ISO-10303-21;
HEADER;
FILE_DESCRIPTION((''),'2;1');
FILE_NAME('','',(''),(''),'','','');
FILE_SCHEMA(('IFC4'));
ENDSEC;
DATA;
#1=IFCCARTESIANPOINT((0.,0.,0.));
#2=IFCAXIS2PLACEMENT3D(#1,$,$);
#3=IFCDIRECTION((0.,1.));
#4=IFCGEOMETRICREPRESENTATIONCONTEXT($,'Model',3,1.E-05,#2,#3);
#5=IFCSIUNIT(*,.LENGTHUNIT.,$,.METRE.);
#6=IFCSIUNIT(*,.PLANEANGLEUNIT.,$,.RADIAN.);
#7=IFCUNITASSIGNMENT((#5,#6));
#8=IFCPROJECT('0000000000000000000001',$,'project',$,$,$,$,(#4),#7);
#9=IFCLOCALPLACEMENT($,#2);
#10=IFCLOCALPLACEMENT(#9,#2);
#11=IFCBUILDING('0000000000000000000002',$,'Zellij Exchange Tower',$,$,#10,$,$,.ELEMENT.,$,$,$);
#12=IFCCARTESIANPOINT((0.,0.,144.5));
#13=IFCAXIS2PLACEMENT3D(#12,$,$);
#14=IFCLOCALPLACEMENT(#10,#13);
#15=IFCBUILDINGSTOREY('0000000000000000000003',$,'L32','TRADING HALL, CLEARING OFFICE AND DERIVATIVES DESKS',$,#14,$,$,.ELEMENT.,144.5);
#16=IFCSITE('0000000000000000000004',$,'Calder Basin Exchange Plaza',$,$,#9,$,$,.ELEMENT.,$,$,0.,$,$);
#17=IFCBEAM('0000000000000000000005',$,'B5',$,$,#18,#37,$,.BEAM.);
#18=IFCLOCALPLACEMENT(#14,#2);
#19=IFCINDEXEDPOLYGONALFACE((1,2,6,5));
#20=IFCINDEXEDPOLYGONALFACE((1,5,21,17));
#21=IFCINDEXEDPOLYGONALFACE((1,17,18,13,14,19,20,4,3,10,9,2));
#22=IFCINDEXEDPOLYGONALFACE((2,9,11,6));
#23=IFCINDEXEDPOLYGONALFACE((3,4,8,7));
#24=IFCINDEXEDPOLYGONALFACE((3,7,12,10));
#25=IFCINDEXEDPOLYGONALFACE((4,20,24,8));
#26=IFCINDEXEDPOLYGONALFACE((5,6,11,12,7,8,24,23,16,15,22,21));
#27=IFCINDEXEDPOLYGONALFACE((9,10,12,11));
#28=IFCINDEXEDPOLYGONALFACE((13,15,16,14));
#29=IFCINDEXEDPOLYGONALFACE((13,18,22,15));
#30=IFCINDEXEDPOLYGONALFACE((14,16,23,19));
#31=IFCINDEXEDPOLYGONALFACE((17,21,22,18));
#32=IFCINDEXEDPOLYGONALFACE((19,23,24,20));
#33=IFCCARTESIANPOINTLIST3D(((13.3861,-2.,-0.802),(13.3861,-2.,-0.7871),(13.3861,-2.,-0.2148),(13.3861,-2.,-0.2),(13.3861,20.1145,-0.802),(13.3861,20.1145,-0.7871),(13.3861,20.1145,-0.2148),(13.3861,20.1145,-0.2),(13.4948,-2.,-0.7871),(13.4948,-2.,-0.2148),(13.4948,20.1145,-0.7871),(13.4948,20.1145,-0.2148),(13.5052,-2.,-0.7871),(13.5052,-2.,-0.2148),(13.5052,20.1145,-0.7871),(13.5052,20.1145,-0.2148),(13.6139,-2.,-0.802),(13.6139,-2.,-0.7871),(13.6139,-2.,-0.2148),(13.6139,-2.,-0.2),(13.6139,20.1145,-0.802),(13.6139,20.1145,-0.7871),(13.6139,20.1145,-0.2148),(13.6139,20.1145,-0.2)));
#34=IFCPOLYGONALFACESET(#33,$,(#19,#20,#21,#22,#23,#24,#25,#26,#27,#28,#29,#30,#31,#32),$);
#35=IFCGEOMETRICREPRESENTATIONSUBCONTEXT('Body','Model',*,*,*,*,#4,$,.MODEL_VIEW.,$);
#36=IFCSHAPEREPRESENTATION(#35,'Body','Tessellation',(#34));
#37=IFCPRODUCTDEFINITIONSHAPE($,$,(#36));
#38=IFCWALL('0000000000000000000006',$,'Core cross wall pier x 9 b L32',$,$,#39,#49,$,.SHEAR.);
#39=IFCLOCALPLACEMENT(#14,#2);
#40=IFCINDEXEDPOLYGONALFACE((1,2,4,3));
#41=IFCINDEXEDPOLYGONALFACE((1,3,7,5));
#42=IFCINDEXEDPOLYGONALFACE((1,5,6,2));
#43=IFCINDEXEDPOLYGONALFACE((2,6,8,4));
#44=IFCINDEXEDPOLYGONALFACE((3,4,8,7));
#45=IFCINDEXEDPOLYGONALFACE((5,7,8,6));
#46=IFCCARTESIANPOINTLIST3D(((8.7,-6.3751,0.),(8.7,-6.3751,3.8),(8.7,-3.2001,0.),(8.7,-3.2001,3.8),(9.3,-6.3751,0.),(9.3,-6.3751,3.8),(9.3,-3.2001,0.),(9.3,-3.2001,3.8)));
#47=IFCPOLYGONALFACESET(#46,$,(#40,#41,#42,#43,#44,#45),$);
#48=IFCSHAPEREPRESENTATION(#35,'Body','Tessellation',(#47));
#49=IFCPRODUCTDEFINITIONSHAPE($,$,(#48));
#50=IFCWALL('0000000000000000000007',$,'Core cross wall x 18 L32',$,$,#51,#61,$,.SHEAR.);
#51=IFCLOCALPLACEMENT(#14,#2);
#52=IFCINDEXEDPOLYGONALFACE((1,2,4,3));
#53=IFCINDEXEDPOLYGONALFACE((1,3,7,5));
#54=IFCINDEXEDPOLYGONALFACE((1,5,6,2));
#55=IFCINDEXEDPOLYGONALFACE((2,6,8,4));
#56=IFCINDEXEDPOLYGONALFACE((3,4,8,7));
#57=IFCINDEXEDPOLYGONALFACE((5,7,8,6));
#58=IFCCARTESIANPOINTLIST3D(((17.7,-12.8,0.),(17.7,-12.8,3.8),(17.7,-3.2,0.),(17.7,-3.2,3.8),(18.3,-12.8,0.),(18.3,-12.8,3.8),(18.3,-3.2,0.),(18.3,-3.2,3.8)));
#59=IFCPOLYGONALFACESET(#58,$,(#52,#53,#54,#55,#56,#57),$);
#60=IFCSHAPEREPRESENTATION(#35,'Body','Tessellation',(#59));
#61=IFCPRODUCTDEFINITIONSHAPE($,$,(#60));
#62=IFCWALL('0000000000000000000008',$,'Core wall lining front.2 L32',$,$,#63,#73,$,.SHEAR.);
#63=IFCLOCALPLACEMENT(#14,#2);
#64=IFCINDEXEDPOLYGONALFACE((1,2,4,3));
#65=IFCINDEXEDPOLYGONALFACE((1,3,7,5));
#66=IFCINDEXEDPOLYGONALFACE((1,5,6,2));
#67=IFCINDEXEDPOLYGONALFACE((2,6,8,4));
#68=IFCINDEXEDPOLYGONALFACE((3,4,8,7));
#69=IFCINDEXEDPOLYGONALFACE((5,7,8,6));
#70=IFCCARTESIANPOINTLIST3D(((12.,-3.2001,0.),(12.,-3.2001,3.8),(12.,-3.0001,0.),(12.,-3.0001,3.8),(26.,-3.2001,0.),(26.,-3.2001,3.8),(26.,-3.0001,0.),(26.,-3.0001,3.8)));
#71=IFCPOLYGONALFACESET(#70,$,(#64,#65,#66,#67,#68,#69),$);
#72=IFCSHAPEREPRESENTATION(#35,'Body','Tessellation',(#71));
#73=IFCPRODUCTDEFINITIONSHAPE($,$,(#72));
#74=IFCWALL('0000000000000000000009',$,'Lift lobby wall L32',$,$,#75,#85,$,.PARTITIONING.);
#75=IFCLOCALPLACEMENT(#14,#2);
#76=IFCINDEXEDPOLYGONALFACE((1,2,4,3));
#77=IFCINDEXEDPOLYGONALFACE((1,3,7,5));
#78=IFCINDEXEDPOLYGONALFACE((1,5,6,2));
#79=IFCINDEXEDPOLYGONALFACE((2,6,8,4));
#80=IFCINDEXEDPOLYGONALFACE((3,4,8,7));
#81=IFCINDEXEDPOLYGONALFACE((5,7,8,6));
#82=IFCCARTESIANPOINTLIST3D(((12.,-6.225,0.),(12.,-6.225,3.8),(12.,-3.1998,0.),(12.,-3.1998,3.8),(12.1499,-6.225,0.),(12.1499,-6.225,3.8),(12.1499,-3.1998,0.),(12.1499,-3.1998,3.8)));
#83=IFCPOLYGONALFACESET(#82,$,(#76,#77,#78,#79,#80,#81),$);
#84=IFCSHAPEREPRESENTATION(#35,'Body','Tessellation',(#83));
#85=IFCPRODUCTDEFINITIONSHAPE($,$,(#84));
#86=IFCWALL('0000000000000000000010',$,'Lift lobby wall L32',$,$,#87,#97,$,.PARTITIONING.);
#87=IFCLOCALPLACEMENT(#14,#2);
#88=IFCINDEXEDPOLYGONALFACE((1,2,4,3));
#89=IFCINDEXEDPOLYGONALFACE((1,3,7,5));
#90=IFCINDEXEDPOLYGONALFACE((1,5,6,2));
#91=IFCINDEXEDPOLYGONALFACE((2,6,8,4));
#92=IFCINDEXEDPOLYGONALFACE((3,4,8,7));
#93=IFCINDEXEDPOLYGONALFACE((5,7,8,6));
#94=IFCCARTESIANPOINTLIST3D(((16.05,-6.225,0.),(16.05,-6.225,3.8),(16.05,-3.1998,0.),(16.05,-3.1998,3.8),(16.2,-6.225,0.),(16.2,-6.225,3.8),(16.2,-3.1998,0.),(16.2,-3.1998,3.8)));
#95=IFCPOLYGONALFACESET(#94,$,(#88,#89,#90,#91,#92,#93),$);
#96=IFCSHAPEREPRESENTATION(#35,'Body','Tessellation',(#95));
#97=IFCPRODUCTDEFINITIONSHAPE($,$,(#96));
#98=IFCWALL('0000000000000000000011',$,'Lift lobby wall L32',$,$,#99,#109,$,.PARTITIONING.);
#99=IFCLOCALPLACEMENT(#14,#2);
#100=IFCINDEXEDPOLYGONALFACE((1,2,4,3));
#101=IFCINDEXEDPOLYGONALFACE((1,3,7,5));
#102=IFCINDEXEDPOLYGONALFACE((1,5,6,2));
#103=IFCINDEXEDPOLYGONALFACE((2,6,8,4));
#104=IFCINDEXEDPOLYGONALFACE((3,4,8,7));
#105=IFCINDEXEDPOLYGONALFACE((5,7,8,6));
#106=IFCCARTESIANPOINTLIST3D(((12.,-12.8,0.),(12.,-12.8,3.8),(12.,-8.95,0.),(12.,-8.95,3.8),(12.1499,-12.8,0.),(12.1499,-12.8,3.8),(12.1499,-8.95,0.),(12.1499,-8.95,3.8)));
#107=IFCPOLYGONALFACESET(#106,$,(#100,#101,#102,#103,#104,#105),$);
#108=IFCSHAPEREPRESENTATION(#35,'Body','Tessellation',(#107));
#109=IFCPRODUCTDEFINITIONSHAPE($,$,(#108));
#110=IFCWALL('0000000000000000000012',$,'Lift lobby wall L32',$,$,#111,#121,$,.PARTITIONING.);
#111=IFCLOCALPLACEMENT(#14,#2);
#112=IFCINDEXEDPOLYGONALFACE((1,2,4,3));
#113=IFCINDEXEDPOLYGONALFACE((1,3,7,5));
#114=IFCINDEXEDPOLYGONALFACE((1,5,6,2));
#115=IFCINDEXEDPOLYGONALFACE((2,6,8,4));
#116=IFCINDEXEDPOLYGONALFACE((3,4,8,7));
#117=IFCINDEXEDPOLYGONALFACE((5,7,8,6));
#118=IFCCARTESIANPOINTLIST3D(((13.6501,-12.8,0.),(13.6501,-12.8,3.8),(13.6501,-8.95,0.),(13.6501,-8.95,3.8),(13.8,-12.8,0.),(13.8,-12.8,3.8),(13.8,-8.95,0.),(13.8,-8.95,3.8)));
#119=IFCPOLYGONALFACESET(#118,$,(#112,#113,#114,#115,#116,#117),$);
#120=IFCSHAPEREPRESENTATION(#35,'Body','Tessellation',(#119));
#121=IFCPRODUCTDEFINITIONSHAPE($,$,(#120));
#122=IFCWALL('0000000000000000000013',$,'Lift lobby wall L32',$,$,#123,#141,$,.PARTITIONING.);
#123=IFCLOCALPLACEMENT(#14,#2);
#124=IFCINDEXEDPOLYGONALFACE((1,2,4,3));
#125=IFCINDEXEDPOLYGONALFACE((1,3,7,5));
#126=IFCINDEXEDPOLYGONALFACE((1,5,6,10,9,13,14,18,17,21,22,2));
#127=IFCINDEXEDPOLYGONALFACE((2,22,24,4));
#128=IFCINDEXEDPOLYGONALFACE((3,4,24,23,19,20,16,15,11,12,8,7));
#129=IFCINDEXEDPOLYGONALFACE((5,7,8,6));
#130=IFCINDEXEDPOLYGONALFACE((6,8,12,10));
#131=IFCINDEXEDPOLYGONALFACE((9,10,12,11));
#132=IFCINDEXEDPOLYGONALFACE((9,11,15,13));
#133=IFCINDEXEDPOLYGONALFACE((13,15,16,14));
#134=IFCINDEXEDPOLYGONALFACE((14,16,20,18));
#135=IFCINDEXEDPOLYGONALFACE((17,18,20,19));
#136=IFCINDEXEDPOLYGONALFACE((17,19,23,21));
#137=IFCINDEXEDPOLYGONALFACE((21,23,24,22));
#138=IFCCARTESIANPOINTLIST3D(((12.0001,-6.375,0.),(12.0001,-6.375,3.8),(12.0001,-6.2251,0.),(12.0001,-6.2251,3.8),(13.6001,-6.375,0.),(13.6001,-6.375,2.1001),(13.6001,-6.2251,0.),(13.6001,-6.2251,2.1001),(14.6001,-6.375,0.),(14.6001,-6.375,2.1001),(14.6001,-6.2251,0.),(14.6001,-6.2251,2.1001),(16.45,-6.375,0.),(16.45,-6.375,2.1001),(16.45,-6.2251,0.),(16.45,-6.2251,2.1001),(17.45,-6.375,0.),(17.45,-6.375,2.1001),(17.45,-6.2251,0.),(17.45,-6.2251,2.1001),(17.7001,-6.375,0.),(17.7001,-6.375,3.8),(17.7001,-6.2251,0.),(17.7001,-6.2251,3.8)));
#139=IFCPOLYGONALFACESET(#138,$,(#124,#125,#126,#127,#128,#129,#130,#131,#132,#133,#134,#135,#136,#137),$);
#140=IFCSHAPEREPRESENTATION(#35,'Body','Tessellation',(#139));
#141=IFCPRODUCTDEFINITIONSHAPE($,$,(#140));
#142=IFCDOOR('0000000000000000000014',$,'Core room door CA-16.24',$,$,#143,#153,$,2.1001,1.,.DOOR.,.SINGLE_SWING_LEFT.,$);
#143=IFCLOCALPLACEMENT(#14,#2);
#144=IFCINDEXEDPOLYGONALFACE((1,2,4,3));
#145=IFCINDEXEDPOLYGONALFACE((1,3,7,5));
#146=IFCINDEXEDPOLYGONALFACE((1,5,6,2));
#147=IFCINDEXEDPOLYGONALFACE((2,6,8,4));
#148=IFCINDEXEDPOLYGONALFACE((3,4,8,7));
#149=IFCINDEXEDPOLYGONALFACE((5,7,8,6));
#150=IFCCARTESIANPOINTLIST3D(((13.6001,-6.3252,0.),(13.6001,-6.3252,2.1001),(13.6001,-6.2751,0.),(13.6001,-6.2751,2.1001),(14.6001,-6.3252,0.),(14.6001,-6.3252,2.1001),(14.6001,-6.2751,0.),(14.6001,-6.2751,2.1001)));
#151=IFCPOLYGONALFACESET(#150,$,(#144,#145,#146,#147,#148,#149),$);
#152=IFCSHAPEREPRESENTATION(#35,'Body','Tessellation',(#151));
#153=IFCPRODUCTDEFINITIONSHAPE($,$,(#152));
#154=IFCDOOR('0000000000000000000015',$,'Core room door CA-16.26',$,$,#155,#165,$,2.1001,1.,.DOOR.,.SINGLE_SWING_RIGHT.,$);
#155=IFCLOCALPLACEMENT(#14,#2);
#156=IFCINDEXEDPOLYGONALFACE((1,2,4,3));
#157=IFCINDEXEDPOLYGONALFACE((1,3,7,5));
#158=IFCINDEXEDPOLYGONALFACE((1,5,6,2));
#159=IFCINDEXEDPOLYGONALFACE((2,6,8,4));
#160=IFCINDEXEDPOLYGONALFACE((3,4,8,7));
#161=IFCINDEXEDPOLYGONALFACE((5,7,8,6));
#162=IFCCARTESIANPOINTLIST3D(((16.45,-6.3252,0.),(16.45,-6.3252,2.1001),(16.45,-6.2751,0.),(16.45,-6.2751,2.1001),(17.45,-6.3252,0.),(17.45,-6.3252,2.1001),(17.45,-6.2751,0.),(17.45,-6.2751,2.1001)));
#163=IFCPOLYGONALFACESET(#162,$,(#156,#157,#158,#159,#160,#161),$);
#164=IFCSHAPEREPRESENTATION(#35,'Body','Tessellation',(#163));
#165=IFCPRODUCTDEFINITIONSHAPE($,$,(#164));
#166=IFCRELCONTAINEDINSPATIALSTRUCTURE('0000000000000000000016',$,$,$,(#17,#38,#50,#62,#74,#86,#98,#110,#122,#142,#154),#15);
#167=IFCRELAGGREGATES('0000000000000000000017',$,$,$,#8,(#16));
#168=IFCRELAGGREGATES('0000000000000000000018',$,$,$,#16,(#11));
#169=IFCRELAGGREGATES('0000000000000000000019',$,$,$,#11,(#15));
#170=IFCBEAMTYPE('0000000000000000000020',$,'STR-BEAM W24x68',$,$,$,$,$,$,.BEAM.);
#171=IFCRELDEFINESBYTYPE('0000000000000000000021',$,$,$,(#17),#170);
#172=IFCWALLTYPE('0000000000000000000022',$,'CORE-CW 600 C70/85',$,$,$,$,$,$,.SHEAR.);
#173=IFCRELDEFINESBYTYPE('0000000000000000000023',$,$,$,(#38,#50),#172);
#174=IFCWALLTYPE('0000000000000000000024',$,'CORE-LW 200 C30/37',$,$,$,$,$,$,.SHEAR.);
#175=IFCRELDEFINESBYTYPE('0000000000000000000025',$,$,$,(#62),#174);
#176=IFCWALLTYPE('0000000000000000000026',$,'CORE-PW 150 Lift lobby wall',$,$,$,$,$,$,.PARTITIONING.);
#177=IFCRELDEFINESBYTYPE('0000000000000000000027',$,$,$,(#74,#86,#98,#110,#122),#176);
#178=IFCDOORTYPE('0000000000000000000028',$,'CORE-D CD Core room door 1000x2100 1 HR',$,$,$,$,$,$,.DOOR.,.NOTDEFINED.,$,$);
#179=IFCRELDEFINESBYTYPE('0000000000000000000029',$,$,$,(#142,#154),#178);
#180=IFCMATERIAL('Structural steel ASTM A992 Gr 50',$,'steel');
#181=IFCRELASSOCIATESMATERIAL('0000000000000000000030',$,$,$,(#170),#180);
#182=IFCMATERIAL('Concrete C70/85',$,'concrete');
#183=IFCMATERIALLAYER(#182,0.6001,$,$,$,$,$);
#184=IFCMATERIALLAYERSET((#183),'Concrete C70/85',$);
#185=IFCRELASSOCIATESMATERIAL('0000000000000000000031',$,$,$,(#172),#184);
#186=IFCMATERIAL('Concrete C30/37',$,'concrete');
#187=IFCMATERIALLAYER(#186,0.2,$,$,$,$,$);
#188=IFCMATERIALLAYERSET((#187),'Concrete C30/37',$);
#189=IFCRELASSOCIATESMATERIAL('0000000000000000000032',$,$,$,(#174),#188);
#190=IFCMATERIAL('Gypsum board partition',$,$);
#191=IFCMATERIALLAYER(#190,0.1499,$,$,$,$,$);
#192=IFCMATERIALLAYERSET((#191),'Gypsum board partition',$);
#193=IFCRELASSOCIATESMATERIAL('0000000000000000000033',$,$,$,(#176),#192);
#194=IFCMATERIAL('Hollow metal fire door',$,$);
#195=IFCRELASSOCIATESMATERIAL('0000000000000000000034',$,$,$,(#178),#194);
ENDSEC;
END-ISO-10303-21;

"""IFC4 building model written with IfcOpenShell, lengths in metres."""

from ifc_helpers import new_model, si_unit, direction, frame, frame_2d, origin, origin_2d, place, context, subcontext, project, spatial, rectangle, i_section, extrude, material, layer, layer_set, material_profile, profile_set, type_object, element, fill, save


model = new_model("IFC4")

# Units and contexts
model_context = context("Model", 3, precision=1e-05, world=origin(), true_north=direction((0.0, 1.0)))
body_context = subcontext(model_context, "Body", "Model", "MODEL_VIEW")
ifc_project = project(units=[si_unit("LENGTHUNIT", "METRE"), si_unit("PLANEANGLEUNIT", "RADIAN")], contexts=[model_context])

# Site, building, storey
site_placement = place(None, origin())
site = spatial("IfcSite", under=ifc_project, at=site_placement, Name="Calder Basin Exchange Plaza", CompositionType="ELEMENT", RefElevation=0.0)
building_placement = place(site_placement, origin())
building = spatial("IfcBuilding", under=site, at=building_placement, Name="Zellij Exchange Tower", CompositionType="ELEMENT")
storey_placement = place(building_placement, frame((0.0, 0.0, 144.5)))
storey = spatial("IfcBuildingStorey", under=building, at=storey_placement, Name="L32", Description="TRADING HALL, CLEARING OFFICE AND DERIVATIVES DESKS", CompositionType="ELEMENT", Elevation=144.5)

# Beam
ifc_material_1 = material(Name="Structural steel ASTM A992 Gr 50", Category="steel")
ifc_material_profile = material_profile(ifc_material_1, i_section(OverallWidth=0.2278, OverallDepth=0.6021, WebThickness=0.0105, FlangeThickness=0.0149, at=origin_2d()), Name="W24x68")
ifc_profile_set = profile_set([ifc_material_profile], Name="Structural steel ASTM A992 Gr 50")
beam_type = type_object("IfcBeamType", Name="STR-BEAM W24x68", PredefinedType="BEAM", material=ifc_profile_set)
beam_placement = place(storey_placement, frame((13.5, -2.0, -0.501), z_axis=(0.0, 1.0, 0.0), x_axis=(-1.0, 0.0, 0.0)))
element("IfcBeam", 1, at=beam_placement, inside=storey, type_object=beam_type, Name="B5", PredefinedType="BEAM", context=body_context, shape_type="SweptSolid", body=[
    extrude(i_section(OverallWidth=0.2278, OverallDepth=0.6021, WebThickness=0.0105, FlangeThickness=0.0149, at=origin_2d()), origin(), (0.0, 0.0, 1.0), 22.1145),
])

# Walls
ifc_material_2 = material(Name="Concrete C70/85", Category="concrete")
ifc_layer_1 = layer(ifc_material_2, 0.6001)
ifc_layer_set_1 = layer_set([ifc_layer_1], Name="Concrete C70/85")
wall_type_1 = type_object("IfcWallType", Name="CORE-CW 600 C70/85", PredefinedType="SHEAR", material=ifc_layer_set_1)
wall_1_placement = place(storey_placement, frame((9.0, -6.375, 0.0), z_axis=(0.0, 0.0, 1.0), x_axis=(0.0, 1.0, 0.0)))
element("IfcWall", 2, at=wall_1_placement, inside=storey, type_object=wall_type_1, Name="Core cross wall pier x 9 b L32", PredefinedType="SHEAR", context=body_context, shape_type="SweptSolid", body=[
    extrude(rectangle(XDim=3.175, YDim=0.6001, at=frame_2d((1.5874, 0.0))), origin(), (0.0, 0.0, 1.0), 3.8),
])
wall_2_placement = place(storey_placement, frame((18.0, -12.8, 0.0), z_axis=(0.0, 0.0, 1.0), x_axis=(0.0, 1.0, 0.0)))
element("IfcWall", 3, at=wall_2_placement, inside=storey, type_object=wall_type_1, Name="Core cross wall x 18 L32", PredefinedType="SHEAR", context=body_context, shape_type="SweptSolid", body=[
    extrude(rectangle(XDim=9.6001, YDim=0.6001, at=frame_2d((4.8, 0.0))), origin(), (0.0, 0.0, 1.0), 3.8),
])
ifc_material_3 = material(Name="Concrete C30/37", Category="concrete")
ifc_layer_2 = layer(ifc_material_3, 0.2)
ifc_layer_set_2 = layer_set([ifc_layer_2], Name="Concrete C30/37")
wall_type_2 = type_object("IfcWallType", Name="CORE-LW 200 C30/37", PredefinedType="SHEAR", material=ifc_layer_set_2)
wall_3_placement = place(storey_placement, frame((12.0, -3.1001, 0.0), z_axis=(0.0, 0.0, 1.0), x_axis=(1.0, 0.0, 0.0)))
element("IfcWall", 4, at=wall_3_placement, inside=storey, type_object=wall_type_2, Name="Core wall lining front.2 L32", PredefinedType="SHEAR", context=body_context, shape_type="SweptSolid", body=[
    extrude(rectangle(XDim=14.0, YDim=0.2, at=frame_2d((7.0, 0.0))), origin(), (0.0, 0.0, 1.0), 3.8),
])
ifc_material_4 = material(Name="Gypsum board partition")
ifc_layer_3 = layer(ifc_material_4, 0.1499)
ifc_layer_set_3 = layer_set([ifc_layer_3], Name="Gypsum board partition")
wall_type_3 = type_object("IfcWallType", Name="CORE-PW 150 Lift lobby wall", PredefinedType="PARTITIONING", material=ifc_layer_set_3)
for number, where, z_axis, x_axis, name in (
    (5, (12.075, -6.2251, 0.0), (0.0, 0.0, 1.0), (0.0, 1.0, 0.0), "Lift lobby wall L32"),
    (6, (16.125, -6.2251, 0.0), (0.0, 0.0, 1.0), (0.0, 1.0, 0.0), "Lift lobby wall L32"),
):
    element("IfcWall", number, at=place(storey_placement, frame(where, z_axis=z_axis, x_axis=x_axis)), inside=storey, type_object=wall_type_3, Name=name, PredefinedType="PARTITIONING", context=body_context, shape_type="SweptSolid", body=[
        extrude(rectangle(XDim=3.0251, YDim=0.1499, at=frame_2d((1.5127, 0.0))), origin(), (0.0, 0.0, 1.0), 3.8),
    ])
for number, where, z_axis, x_axis, name in (
    (7, (12.075, -12.8, 0.0), (0.0, 0.0, 1.0), (0.0, 1.0, 0.0), "Lift lobby wall L32"),
    (8, (13.7251, -12.8, 0.0), (0.0, 0.0, 1.0), (0.0, 1.0, 0.0), "Lift lobby wall L32"),
):
    element("IfcWall", number, at=place(storey_placement, frame(where, z_axis=z_axis, x_axis=x_axis)), inside=storey, type_object=wall_type_3, Name=name, PredefinedType="PARTITIONING", context=body_context, shape_type="SweptSolid", body=[
        extrude(rectangle(XDim=3.8501, YDim=0.1499, at=frame_2d((1.925, 0.0))), origin(), (0.0, 0.0, 1.0), 3.8),
    ])

# Wall, openings, doors
wall_4_placement = place(storey_placement, frame((12.0, -6.3, 0.0), z_axis=(0.0, 0.0, 1.0), x_axis=(1.0, 0.0, 0.0)))
wall_4 = element("IfcWall", 9, at=wall_4_placement, inside=storey, type_object=wall_type_3, Name="Lift lobby wall L32", PredefinedType="PARTITIONING", context=body_context, shape_type="SweptSolid", body=[
    extrude(rectangle(XDim=5.7, YDim=0.1499, at=frame_2d((2.8501, 0.0))), origin(), (0.0, 0.0, 1.0), 3.8),
])
opening_1_placement = place(wall_4_placement, frame((1.6001, 0.0, 0.0)))
opening_1 = element("IfcOpeningElement", 10, at=opening_1_placement, cuts=wall_4, PredefinedType="OPENING", context=body_context, shape_type="SweptSolid", body=[
    extrude(rectangle(XDim=1.0, YDim=2.1001, at=frame_2d((0.5, 1.05))), frame((0.0, 0.0869, 0.0), z_axis=(0.0, -1.0, 0.0), x_axis=(1.0, 0.0, 0.0)), (0.0, 0.0, 1.0), 0.1738),
])
opening_2_placement = place(wall_4_placement, frame((4.45, 0.0, 0.0)))
opening_2 = element("IfcOpeningElement", 11, at=opening_2_placement, cuts=wall_4, PredefinedType="OPENING", context=body_context, shape_type="SweptSolid", body=[
    extrude(rectangle(XDim=1.0, YDim=2.1001, at=frame_2d((0.5, 1.05))), frame((0.0, 0.0869, 0.0), z_axis=(0.0, -1.0, 0.0), x_axis=(1.0, 0.0, 0.0)), (0.0, 0.0, 1.0), 0.1738),
])
ifc_material_5 = material(Name="Hollow metal fire door")
door_type_1 = type_object("IfcDoorType", Name="CORE-D CD Core room door 1000x2100 1 HR", OperationType="NOTDEFINED", PredefinedType="DOOR", material=ifc_material_5)
door_1_placement = place(opening_1_placement, origin())
door_1 = element("IfcDoor", 12, at=door_1_placement, inside=storey, type_object=door_type_1, Name="Core room door CA-16.24", OperationType="SINGLE_SWING_LEFT", OverallHeight=2.1001, OverallWidth=1.0, PredefinedType="DOOR", context=body_context, shape_type="SweptSolid", body=[
    extrude(rectangle(XDim=1.0, YDim=2.1001, at=frame_2d((0.5, 1.05))), frame((0.0, 0.0249, 0.0), z_axis=(0.0, -1.0, 0.0), x_axis=(1.0, 0.0, 0.0)), (0.0, 0.0, 1.0), 0.05),
])
fill(opening_1, door_1)
door_2_placement = place(opening_2_placement, origin())
door_2 = element("IfcDoor", 13, at=door_2_placement, inside=storey, type_object=door_type_1, Name="Core room door CA-16.26", OperationType="SINGLE_SWING_RIGHT", OverallHeight=2.1001, OverallWidth=1.0, PredefinedType="DOOR", context=body_context, shape_type="SweptSolid", body=[
    extrude(rectangle(XDim=1.0, YDim=2.1001, at=frame_2d((0.5, 1.05))), frame((0.0, 0.0249, 0.0), z_axis=(0.0, -1.0, 0.0), x_axis=(1.0, 0.0, 0.0)), (0.0, 0.0, 1.0), 0.05),
])
fill(opening_2, door_2)

save(model, "model.ifc")
